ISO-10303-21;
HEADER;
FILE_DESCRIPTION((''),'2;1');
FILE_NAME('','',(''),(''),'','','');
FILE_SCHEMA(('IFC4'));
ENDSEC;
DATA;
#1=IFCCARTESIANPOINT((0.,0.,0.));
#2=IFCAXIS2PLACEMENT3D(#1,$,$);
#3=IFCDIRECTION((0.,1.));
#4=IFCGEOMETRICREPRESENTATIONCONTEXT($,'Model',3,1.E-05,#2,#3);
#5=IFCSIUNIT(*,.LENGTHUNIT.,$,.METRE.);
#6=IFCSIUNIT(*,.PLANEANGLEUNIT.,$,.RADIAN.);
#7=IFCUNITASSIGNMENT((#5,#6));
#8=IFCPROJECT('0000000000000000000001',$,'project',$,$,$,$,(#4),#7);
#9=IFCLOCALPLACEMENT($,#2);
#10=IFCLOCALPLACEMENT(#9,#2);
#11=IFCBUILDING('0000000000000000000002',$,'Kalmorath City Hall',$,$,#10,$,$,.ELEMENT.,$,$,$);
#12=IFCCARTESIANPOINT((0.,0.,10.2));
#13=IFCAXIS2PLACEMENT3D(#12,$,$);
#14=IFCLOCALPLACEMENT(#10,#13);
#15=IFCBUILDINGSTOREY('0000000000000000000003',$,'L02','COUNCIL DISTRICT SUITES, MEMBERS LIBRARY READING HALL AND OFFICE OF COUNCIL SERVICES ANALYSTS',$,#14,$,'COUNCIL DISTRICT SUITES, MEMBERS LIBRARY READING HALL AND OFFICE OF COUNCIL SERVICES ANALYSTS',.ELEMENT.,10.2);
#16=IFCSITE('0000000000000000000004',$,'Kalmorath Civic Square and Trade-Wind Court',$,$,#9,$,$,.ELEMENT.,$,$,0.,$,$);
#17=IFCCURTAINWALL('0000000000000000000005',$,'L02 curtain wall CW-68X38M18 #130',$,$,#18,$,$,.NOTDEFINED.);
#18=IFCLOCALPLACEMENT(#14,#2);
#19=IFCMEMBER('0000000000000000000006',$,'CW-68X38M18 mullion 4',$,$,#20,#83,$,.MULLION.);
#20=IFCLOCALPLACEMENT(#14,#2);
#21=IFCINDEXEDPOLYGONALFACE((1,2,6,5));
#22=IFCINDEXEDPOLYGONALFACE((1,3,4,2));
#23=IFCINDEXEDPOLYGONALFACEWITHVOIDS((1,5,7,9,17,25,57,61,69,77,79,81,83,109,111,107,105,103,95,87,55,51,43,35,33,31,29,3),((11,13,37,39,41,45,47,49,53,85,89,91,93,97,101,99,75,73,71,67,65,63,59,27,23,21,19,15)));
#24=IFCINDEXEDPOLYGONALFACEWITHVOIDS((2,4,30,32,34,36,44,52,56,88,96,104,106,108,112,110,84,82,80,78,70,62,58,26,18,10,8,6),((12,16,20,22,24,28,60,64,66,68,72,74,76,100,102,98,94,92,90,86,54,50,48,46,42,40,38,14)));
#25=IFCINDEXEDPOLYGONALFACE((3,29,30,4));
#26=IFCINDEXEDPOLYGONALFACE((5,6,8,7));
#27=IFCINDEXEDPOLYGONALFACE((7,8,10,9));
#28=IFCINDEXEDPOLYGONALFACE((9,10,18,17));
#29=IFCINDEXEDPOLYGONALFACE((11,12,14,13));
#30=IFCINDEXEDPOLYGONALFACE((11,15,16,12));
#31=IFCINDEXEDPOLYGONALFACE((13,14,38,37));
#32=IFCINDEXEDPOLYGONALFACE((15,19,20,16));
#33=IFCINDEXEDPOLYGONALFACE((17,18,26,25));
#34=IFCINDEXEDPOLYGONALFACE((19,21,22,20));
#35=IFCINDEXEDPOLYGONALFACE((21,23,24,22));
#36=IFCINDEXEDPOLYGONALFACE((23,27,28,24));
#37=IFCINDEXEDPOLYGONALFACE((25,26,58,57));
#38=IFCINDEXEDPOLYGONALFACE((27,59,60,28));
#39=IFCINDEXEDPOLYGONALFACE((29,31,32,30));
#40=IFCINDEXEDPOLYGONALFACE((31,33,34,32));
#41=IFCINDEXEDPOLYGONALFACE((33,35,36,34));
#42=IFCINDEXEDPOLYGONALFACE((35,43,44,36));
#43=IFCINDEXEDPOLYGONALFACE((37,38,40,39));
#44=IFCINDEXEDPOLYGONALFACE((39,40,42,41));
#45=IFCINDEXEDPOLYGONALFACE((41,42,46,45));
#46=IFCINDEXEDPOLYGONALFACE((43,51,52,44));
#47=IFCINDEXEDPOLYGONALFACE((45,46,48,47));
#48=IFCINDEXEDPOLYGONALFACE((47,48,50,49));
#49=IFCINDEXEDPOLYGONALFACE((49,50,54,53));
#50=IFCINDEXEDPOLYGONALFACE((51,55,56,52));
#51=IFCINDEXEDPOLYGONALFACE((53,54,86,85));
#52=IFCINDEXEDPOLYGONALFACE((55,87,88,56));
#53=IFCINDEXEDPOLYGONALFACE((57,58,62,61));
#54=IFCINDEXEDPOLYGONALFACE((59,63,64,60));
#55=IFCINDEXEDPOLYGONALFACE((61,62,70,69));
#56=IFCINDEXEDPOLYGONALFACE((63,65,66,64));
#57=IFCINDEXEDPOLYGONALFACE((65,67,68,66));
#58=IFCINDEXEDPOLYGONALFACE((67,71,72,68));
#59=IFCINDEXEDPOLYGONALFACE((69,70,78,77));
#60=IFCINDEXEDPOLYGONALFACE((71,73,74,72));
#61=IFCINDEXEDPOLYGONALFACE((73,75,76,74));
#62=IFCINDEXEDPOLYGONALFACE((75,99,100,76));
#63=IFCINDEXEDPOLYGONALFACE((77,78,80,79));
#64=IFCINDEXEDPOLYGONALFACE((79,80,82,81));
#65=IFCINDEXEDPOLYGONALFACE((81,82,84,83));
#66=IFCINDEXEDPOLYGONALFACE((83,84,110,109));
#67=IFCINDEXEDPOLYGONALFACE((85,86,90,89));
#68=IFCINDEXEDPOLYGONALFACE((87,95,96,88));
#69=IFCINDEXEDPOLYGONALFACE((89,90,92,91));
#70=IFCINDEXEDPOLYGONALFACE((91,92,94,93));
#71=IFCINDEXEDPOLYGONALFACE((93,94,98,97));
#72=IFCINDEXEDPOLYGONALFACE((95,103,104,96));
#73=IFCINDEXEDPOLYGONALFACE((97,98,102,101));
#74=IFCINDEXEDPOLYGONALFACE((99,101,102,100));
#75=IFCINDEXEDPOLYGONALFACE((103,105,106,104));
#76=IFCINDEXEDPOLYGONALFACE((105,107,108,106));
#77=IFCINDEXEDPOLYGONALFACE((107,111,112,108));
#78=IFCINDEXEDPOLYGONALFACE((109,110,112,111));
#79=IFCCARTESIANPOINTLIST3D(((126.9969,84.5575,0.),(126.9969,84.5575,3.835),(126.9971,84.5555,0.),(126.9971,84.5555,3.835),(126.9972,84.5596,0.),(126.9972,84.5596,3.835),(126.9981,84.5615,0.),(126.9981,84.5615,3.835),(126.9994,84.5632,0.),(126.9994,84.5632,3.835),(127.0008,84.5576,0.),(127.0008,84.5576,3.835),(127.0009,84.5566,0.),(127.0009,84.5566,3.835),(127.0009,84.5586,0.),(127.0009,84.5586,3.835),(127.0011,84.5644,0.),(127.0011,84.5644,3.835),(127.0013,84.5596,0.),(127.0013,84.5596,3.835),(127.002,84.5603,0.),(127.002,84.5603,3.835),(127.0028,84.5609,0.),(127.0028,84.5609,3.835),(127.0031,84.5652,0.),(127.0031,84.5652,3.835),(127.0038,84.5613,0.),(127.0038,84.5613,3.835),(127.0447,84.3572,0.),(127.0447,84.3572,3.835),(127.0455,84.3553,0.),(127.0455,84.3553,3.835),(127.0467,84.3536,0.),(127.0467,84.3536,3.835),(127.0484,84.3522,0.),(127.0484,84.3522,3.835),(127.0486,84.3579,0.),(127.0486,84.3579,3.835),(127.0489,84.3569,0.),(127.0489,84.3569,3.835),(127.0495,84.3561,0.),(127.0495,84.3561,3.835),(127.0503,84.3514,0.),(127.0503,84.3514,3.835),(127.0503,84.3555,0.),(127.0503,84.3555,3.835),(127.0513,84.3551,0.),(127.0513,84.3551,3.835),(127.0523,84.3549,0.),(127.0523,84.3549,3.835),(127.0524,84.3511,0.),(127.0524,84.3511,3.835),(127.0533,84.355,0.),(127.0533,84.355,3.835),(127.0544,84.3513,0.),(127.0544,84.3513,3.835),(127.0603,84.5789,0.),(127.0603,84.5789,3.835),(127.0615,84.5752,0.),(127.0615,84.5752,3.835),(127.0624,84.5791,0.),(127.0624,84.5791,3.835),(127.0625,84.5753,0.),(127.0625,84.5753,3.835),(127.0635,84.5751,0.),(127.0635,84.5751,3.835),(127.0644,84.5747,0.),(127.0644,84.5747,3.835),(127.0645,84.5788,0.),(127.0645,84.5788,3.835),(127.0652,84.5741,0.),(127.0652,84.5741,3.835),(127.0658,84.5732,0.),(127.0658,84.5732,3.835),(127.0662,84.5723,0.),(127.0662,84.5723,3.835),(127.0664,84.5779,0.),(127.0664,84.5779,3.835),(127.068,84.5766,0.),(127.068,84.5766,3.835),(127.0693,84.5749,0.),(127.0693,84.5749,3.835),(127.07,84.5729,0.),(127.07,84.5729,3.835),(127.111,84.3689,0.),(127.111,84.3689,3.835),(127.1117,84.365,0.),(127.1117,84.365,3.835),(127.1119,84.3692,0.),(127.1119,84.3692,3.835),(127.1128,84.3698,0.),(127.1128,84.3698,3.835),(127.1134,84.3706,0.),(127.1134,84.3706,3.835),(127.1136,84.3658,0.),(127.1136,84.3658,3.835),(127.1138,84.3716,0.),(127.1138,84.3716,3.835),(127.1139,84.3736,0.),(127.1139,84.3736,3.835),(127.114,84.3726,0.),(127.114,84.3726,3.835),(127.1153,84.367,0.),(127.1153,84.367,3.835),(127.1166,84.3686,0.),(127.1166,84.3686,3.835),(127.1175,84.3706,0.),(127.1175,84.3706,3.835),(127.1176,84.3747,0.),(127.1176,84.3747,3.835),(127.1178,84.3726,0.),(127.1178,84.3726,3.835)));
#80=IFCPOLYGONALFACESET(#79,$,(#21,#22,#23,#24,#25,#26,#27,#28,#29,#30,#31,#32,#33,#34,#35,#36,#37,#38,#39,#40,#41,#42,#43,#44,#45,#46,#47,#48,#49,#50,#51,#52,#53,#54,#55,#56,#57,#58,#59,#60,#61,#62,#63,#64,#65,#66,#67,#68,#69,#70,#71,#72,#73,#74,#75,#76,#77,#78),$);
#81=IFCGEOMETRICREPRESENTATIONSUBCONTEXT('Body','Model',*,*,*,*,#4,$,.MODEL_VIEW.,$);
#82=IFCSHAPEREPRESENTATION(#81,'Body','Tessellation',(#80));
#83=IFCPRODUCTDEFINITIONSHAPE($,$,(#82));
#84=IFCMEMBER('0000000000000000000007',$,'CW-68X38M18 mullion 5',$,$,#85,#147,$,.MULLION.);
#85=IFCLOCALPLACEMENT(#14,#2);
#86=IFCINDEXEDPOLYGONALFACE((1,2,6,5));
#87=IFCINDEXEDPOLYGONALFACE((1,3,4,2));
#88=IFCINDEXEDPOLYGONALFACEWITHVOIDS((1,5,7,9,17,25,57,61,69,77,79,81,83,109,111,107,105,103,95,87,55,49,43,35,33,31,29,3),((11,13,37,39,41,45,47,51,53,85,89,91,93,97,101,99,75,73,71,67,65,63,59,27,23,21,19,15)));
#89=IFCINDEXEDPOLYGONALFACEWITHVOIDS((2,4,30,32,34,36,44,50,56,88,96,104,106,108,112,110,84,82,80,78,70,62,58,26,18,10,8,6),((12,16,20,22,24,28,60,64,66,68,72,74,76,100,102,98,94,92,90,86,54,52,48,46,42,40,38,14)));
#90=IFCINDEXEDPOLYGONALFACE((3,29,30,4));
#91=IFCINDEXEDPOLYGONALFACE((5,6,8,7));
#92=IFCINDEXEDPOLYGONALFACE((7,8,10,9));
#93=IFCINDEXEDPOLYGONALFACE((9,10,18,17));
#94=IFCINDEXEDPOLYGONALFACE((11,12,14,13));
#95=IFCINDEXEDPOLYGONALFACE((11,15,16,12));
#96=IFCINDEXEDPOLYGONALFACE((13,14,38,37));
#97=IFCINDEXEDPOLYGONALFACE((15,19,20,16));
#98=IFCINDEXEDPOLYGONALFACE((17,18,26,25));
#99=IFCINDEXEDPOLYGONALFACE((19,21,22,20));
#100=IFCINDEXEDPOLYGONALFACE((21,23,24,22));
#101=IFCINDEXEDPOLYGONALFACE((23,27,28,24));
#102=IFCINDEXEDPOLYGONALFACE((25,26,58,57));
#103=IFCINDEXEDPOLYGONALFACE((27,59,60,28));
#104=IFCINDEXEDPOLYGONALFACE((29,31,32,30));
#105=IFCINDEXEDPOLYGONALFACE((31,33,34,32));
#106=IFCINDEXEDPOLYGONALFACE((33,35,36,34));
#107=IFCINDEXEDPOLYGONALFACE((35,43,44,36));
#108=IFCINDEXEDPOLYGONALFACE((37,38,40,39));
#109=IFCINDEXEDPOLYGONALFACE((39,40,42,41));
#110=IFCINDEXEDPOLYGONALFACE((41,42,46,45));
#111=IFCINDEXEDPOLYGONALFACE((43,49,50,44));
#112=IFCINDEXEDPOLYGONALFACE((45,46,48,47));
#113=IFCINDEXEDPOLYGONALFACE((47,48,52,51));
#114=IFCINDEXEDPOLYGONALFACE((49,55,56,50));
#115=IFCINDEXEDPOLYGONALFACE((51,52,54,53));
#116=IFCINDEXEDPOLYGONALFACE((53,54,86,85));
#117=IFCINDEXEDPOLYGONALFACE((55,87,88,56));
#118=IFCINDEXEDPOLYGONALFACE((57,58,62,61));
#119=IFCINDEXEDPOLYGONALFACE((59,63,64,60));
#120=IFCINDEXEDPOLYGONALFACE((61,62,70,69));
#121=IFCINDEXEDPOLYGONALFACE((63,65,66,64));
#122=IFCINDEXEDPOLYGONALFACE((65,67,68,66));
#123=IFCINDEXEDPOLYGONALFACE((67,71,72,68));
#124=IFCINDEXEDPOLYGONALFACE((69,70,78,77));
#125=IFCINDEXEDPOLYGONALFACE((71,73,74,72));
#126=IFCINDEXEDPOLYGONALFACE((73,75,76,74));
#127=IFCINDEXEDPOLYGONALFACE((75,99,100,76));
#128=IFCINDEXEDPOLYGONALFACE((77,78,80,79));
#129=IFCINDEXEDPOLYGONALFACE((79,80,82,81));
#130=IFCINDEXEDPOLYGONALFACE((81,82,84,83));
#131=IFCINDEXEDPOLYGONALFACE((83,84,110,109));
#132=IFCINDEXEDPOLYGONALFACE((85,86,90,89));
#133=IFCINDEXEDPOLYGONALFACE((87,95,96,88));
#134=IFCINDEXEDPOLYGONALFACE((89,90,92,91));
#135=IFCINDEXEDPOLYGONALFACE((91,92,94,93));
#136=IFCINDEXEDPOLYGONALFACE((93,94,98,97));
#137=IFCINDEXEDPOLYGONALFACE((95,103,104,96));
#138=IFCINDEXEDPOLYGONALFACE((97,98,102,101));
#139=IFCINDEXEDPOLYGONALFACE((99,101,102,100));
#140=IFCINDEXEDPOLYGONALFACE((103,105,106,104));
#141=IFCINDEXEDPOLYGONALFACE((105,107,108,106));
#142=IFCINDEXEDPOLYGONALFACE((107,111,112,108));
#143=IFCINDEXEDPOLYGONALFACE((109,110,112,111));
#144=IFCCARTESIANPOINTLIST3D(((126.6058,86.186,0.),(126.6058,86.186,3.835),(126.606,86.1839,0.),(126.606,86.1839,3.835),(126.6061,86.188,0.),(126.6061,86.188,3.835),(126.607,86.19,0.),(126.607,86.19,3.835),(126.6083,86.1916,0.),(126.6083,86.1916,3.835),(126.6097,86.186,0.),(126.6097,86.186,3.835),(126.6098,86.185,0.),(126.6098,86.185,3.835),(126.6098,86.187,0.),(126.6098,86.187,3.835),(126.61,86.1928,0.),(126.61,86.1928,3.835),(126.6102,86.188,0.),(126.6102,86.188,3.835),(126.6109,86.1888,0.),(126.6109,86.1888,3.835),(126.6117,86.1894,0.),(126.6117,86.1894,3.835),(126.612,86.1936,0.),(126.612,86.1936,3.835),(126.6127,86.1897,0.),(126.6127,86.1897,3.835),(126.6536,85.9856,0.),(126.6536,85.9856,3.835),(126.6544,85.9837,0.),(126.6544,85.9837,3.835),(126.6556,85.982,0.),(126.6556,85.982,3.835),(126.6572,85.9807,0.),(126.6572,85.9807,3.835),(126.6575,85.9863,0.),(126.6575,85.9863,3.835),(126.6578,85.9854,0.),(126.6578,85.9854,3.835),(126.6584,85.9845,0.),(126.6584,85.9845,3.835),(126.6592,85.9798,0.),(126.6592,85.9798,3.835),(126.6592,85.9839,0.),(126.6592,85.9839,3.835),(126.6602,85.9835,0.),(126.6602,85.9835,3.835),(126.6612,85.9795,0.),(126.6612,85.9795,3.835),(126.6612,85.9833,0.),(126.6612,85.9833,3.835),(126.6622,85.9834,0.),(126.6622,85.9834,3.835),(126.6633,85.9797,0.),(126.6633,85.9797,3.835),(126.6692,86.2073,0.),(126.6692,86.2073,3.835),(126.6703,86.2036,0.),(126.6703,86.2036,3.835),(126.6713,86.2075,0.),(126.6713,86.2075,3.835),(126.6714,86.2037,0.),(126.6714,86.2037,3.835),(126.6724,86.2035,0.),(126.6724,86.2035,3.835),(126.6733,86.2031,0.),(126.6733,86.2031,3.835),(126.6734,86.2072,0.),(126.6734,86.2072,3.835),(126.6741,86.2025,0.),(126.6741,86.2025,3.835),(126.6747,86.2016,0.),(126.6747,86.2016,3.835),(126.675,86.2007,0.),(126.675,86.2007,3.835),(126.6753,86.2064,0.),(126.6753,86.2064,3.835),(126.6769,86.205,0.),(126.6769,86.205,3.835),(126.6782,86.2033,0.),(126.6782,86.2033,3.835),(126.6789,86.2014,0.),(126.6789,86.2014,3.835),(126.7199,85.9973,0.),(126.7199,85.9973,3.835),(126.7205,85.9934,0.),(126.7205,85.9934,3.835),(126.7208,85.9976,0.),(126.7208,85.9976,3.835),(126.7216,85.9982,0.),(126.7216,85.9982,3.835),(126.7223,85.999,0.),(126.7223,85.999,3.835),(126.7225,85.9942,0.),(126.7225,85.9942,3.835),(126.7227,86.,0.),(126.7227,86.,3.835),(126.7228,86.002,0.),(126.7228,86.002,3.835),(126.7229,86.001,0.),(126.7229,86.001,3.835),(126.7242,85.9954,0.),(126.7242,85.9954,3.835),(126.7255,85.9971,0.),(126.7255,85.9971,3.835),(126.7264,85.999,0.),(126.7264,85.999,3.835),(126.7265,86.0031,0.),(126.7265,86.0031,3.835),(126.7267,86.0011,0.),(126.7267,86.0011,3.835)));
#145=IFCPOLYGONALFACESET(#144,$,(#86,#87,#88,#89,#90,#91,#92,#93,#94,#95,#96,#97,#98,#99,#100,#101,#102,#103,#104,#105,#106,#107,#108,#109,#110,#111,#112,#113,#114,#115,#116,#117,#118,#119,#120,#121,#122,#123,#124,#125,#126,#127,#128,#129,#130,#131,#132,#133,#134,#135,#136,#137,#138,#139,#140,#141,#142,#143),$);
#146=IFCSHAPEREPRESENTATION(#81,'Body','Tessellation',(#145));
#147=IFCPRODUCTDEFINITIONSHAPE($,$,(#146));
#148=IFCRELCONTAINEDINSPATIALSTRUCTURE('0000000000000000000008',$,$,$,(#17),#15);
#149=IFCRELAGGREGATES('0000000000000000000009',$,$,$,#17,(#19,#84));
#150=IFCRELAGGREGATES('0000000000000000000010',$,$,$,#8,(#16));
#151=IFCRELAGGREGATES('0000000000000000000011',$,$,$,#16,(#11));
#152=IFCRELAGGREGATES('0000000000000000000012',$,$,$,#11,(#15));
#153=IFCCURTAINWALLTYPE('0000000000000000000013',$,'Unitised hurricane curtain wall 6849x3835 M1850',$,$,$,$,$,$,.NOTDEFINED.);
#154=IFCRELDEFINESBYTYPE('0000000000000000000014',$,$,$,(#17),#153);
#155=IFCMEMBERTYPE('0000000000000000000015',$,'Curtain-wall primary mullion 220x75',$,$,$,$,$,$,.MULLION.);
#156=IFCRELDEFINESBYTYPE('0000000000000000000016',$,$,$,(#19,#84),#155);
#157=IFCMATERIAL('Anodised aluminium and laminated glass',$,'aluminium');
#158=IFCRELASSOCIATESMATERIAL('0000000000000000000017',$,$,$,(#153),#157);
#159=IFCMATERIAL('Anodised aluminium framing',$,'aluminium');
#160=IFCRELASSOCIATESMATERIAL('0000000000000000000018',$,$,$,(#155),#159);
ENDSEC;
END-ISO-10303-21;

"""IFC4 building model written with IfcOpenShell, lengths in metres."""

from ifc_helpers import new_model, si_unit, direction, frame, origin, origin_2d, place, context, subcontext, project, spatial, hollow_rectangle, extrude, material, material_profile, profile_set, type_object, element, aggregate, save


model = new_model("IFC4")

# Units and contexts
model_context = context("Model", 3, precision=1e-05, world=origin(), true_north=direction((0.0, 1.0)))
body_context = subcontext(model_context, "Body", "Model", "MODEL_VIEW")
ifc_project = project(units=[si_unit("LENGTHUNIT", "METRE"), si_unit("PLANEANGLEUNIT", "RADIAN")], contexts=[model_context])

# Site, building, storey
site_placement = place(None, origin())
site = spatial("IfcSite", under=ifc_project, at=site_placement, Name="Kalmorath Civic Square and Trade-Wind Court", CompositionType="ELEMENT", RefElevation=0.0)
building_placement = place(site_placement, origin())
building = spatial("IfcBuilding", under=site, at=building_placement, Name="Kalmorath City Hall", CompositionType="ELEMENT")
storey_placement = place(building_placement, frame((0.0, 0.0, 10.2)))
storey = spatial("IfcBuildingStorey", under=building, at=storey_placement, Name="L02", Description="COUNCIL DISTRICT SUITES, MEMBERS LIBRARY READING HALL AND OFFICE OF COUNCIL SERVICES ANALYSTS", LongName="COUNCIL DISTRICT SUITES, MEMBERS LIBRARY READING HALL AND OFFICE OF COUNCIL SERVICES ANALYSTS", CompositionType="ELEMENT", Elevation=10.2)

# Curtain wall
ifc_material_1 = material(Name="Anodised aluminium and laminated glass", Category="aluminium")
curtain_wall_type_1 = type_object("IfcCurtainWallType", Name="Unitised hurricane curtain wall 6849x3835 M1850", PredefinedType="NOTDEFINED", material=ifc_material_1)
curtain_wall_1_placement = place(storey_placement, origin())
curtain_wall_1 = element("IfcCurtainWall", 1, at=curtain_wall_1_placement, inside=storey, type_object=curtain_wall_type_1, Name="L02 curtain wall CW-68X38M18 #130", PredefinedType="NOTDEFINED")

# Members
ifc_material_2 = material(Name="Anodised aluminium framing", Category="aluminium")
ifc_material_profile_1 = material_profile(ifc_material_2, hollow_rectangle(XDim=0.075, YDim=0.22, WallThickness=0.0039, InnerFilletRadius=0.0039, OuterFilletRadius=0.0081, at=origin_2d()), Name="ALU-MUL-220X75X4")
ifc_profile_set_1 = profile_set([ifc_material_profile_1], Name="Anodised aluminium framing")
member_type_1 = type_object("IfcMemberType", Name="Curtain-wall primary mullion 220x75", PredefinedType="MULLION", material=ifc_profile_set_1)
member_1_placement = place(storey_placement, frame((127.0574, 84.4651, 0.0), z_axis=(0.0, 0.0, 1.0), x_axis=(-0.972367, -0.233456, 0.0)))
member_1 = element("IfcMember", 2, at=member_1_placement, type_object=member_type_1, Name="CW-68X38M18 mullion 4", PredefinedType="MULLION", context=body_context, shape_type="SweptSolid", body=[
    extrude(hollow_rectangle(XDim=0.075, YDim=0.22, WallThickness=0.0039, InnerFilletRadius=0.0039, OuterFilletRadius=0.0081, at=origin_2d()), origin(), (0.0, 0.0, 1.0), 3.835),
])
member_2_placement = place(storey_placement, frame((126.6663, 86.0935, 0.0), z_axis=(0.0, 0.0, 1.0), x_axis=(-0.972367, -0.233456, 0.0)))
member_2 = element("IfcMember", 3, at=member_2_placement, type_object=member_type_1, Name="CW-68X38M18 mullion 5", PredefinedType="MULLION", context=body_context, shape_type="SweptSolid", body=[
    extrude(hollow_rectangle(XDim=0.075, YDim=0.22, WallThickness=0.0039, InnerFilletRadius=0.0039, OuterFilletRadius=0.0081, at=origin_2d()), origin(), (0.0, 0.0, 1.0), 3.835),
])

aggregate(curtain_wall_1, [member_1, member_2])

save(model, "model.ifc")
